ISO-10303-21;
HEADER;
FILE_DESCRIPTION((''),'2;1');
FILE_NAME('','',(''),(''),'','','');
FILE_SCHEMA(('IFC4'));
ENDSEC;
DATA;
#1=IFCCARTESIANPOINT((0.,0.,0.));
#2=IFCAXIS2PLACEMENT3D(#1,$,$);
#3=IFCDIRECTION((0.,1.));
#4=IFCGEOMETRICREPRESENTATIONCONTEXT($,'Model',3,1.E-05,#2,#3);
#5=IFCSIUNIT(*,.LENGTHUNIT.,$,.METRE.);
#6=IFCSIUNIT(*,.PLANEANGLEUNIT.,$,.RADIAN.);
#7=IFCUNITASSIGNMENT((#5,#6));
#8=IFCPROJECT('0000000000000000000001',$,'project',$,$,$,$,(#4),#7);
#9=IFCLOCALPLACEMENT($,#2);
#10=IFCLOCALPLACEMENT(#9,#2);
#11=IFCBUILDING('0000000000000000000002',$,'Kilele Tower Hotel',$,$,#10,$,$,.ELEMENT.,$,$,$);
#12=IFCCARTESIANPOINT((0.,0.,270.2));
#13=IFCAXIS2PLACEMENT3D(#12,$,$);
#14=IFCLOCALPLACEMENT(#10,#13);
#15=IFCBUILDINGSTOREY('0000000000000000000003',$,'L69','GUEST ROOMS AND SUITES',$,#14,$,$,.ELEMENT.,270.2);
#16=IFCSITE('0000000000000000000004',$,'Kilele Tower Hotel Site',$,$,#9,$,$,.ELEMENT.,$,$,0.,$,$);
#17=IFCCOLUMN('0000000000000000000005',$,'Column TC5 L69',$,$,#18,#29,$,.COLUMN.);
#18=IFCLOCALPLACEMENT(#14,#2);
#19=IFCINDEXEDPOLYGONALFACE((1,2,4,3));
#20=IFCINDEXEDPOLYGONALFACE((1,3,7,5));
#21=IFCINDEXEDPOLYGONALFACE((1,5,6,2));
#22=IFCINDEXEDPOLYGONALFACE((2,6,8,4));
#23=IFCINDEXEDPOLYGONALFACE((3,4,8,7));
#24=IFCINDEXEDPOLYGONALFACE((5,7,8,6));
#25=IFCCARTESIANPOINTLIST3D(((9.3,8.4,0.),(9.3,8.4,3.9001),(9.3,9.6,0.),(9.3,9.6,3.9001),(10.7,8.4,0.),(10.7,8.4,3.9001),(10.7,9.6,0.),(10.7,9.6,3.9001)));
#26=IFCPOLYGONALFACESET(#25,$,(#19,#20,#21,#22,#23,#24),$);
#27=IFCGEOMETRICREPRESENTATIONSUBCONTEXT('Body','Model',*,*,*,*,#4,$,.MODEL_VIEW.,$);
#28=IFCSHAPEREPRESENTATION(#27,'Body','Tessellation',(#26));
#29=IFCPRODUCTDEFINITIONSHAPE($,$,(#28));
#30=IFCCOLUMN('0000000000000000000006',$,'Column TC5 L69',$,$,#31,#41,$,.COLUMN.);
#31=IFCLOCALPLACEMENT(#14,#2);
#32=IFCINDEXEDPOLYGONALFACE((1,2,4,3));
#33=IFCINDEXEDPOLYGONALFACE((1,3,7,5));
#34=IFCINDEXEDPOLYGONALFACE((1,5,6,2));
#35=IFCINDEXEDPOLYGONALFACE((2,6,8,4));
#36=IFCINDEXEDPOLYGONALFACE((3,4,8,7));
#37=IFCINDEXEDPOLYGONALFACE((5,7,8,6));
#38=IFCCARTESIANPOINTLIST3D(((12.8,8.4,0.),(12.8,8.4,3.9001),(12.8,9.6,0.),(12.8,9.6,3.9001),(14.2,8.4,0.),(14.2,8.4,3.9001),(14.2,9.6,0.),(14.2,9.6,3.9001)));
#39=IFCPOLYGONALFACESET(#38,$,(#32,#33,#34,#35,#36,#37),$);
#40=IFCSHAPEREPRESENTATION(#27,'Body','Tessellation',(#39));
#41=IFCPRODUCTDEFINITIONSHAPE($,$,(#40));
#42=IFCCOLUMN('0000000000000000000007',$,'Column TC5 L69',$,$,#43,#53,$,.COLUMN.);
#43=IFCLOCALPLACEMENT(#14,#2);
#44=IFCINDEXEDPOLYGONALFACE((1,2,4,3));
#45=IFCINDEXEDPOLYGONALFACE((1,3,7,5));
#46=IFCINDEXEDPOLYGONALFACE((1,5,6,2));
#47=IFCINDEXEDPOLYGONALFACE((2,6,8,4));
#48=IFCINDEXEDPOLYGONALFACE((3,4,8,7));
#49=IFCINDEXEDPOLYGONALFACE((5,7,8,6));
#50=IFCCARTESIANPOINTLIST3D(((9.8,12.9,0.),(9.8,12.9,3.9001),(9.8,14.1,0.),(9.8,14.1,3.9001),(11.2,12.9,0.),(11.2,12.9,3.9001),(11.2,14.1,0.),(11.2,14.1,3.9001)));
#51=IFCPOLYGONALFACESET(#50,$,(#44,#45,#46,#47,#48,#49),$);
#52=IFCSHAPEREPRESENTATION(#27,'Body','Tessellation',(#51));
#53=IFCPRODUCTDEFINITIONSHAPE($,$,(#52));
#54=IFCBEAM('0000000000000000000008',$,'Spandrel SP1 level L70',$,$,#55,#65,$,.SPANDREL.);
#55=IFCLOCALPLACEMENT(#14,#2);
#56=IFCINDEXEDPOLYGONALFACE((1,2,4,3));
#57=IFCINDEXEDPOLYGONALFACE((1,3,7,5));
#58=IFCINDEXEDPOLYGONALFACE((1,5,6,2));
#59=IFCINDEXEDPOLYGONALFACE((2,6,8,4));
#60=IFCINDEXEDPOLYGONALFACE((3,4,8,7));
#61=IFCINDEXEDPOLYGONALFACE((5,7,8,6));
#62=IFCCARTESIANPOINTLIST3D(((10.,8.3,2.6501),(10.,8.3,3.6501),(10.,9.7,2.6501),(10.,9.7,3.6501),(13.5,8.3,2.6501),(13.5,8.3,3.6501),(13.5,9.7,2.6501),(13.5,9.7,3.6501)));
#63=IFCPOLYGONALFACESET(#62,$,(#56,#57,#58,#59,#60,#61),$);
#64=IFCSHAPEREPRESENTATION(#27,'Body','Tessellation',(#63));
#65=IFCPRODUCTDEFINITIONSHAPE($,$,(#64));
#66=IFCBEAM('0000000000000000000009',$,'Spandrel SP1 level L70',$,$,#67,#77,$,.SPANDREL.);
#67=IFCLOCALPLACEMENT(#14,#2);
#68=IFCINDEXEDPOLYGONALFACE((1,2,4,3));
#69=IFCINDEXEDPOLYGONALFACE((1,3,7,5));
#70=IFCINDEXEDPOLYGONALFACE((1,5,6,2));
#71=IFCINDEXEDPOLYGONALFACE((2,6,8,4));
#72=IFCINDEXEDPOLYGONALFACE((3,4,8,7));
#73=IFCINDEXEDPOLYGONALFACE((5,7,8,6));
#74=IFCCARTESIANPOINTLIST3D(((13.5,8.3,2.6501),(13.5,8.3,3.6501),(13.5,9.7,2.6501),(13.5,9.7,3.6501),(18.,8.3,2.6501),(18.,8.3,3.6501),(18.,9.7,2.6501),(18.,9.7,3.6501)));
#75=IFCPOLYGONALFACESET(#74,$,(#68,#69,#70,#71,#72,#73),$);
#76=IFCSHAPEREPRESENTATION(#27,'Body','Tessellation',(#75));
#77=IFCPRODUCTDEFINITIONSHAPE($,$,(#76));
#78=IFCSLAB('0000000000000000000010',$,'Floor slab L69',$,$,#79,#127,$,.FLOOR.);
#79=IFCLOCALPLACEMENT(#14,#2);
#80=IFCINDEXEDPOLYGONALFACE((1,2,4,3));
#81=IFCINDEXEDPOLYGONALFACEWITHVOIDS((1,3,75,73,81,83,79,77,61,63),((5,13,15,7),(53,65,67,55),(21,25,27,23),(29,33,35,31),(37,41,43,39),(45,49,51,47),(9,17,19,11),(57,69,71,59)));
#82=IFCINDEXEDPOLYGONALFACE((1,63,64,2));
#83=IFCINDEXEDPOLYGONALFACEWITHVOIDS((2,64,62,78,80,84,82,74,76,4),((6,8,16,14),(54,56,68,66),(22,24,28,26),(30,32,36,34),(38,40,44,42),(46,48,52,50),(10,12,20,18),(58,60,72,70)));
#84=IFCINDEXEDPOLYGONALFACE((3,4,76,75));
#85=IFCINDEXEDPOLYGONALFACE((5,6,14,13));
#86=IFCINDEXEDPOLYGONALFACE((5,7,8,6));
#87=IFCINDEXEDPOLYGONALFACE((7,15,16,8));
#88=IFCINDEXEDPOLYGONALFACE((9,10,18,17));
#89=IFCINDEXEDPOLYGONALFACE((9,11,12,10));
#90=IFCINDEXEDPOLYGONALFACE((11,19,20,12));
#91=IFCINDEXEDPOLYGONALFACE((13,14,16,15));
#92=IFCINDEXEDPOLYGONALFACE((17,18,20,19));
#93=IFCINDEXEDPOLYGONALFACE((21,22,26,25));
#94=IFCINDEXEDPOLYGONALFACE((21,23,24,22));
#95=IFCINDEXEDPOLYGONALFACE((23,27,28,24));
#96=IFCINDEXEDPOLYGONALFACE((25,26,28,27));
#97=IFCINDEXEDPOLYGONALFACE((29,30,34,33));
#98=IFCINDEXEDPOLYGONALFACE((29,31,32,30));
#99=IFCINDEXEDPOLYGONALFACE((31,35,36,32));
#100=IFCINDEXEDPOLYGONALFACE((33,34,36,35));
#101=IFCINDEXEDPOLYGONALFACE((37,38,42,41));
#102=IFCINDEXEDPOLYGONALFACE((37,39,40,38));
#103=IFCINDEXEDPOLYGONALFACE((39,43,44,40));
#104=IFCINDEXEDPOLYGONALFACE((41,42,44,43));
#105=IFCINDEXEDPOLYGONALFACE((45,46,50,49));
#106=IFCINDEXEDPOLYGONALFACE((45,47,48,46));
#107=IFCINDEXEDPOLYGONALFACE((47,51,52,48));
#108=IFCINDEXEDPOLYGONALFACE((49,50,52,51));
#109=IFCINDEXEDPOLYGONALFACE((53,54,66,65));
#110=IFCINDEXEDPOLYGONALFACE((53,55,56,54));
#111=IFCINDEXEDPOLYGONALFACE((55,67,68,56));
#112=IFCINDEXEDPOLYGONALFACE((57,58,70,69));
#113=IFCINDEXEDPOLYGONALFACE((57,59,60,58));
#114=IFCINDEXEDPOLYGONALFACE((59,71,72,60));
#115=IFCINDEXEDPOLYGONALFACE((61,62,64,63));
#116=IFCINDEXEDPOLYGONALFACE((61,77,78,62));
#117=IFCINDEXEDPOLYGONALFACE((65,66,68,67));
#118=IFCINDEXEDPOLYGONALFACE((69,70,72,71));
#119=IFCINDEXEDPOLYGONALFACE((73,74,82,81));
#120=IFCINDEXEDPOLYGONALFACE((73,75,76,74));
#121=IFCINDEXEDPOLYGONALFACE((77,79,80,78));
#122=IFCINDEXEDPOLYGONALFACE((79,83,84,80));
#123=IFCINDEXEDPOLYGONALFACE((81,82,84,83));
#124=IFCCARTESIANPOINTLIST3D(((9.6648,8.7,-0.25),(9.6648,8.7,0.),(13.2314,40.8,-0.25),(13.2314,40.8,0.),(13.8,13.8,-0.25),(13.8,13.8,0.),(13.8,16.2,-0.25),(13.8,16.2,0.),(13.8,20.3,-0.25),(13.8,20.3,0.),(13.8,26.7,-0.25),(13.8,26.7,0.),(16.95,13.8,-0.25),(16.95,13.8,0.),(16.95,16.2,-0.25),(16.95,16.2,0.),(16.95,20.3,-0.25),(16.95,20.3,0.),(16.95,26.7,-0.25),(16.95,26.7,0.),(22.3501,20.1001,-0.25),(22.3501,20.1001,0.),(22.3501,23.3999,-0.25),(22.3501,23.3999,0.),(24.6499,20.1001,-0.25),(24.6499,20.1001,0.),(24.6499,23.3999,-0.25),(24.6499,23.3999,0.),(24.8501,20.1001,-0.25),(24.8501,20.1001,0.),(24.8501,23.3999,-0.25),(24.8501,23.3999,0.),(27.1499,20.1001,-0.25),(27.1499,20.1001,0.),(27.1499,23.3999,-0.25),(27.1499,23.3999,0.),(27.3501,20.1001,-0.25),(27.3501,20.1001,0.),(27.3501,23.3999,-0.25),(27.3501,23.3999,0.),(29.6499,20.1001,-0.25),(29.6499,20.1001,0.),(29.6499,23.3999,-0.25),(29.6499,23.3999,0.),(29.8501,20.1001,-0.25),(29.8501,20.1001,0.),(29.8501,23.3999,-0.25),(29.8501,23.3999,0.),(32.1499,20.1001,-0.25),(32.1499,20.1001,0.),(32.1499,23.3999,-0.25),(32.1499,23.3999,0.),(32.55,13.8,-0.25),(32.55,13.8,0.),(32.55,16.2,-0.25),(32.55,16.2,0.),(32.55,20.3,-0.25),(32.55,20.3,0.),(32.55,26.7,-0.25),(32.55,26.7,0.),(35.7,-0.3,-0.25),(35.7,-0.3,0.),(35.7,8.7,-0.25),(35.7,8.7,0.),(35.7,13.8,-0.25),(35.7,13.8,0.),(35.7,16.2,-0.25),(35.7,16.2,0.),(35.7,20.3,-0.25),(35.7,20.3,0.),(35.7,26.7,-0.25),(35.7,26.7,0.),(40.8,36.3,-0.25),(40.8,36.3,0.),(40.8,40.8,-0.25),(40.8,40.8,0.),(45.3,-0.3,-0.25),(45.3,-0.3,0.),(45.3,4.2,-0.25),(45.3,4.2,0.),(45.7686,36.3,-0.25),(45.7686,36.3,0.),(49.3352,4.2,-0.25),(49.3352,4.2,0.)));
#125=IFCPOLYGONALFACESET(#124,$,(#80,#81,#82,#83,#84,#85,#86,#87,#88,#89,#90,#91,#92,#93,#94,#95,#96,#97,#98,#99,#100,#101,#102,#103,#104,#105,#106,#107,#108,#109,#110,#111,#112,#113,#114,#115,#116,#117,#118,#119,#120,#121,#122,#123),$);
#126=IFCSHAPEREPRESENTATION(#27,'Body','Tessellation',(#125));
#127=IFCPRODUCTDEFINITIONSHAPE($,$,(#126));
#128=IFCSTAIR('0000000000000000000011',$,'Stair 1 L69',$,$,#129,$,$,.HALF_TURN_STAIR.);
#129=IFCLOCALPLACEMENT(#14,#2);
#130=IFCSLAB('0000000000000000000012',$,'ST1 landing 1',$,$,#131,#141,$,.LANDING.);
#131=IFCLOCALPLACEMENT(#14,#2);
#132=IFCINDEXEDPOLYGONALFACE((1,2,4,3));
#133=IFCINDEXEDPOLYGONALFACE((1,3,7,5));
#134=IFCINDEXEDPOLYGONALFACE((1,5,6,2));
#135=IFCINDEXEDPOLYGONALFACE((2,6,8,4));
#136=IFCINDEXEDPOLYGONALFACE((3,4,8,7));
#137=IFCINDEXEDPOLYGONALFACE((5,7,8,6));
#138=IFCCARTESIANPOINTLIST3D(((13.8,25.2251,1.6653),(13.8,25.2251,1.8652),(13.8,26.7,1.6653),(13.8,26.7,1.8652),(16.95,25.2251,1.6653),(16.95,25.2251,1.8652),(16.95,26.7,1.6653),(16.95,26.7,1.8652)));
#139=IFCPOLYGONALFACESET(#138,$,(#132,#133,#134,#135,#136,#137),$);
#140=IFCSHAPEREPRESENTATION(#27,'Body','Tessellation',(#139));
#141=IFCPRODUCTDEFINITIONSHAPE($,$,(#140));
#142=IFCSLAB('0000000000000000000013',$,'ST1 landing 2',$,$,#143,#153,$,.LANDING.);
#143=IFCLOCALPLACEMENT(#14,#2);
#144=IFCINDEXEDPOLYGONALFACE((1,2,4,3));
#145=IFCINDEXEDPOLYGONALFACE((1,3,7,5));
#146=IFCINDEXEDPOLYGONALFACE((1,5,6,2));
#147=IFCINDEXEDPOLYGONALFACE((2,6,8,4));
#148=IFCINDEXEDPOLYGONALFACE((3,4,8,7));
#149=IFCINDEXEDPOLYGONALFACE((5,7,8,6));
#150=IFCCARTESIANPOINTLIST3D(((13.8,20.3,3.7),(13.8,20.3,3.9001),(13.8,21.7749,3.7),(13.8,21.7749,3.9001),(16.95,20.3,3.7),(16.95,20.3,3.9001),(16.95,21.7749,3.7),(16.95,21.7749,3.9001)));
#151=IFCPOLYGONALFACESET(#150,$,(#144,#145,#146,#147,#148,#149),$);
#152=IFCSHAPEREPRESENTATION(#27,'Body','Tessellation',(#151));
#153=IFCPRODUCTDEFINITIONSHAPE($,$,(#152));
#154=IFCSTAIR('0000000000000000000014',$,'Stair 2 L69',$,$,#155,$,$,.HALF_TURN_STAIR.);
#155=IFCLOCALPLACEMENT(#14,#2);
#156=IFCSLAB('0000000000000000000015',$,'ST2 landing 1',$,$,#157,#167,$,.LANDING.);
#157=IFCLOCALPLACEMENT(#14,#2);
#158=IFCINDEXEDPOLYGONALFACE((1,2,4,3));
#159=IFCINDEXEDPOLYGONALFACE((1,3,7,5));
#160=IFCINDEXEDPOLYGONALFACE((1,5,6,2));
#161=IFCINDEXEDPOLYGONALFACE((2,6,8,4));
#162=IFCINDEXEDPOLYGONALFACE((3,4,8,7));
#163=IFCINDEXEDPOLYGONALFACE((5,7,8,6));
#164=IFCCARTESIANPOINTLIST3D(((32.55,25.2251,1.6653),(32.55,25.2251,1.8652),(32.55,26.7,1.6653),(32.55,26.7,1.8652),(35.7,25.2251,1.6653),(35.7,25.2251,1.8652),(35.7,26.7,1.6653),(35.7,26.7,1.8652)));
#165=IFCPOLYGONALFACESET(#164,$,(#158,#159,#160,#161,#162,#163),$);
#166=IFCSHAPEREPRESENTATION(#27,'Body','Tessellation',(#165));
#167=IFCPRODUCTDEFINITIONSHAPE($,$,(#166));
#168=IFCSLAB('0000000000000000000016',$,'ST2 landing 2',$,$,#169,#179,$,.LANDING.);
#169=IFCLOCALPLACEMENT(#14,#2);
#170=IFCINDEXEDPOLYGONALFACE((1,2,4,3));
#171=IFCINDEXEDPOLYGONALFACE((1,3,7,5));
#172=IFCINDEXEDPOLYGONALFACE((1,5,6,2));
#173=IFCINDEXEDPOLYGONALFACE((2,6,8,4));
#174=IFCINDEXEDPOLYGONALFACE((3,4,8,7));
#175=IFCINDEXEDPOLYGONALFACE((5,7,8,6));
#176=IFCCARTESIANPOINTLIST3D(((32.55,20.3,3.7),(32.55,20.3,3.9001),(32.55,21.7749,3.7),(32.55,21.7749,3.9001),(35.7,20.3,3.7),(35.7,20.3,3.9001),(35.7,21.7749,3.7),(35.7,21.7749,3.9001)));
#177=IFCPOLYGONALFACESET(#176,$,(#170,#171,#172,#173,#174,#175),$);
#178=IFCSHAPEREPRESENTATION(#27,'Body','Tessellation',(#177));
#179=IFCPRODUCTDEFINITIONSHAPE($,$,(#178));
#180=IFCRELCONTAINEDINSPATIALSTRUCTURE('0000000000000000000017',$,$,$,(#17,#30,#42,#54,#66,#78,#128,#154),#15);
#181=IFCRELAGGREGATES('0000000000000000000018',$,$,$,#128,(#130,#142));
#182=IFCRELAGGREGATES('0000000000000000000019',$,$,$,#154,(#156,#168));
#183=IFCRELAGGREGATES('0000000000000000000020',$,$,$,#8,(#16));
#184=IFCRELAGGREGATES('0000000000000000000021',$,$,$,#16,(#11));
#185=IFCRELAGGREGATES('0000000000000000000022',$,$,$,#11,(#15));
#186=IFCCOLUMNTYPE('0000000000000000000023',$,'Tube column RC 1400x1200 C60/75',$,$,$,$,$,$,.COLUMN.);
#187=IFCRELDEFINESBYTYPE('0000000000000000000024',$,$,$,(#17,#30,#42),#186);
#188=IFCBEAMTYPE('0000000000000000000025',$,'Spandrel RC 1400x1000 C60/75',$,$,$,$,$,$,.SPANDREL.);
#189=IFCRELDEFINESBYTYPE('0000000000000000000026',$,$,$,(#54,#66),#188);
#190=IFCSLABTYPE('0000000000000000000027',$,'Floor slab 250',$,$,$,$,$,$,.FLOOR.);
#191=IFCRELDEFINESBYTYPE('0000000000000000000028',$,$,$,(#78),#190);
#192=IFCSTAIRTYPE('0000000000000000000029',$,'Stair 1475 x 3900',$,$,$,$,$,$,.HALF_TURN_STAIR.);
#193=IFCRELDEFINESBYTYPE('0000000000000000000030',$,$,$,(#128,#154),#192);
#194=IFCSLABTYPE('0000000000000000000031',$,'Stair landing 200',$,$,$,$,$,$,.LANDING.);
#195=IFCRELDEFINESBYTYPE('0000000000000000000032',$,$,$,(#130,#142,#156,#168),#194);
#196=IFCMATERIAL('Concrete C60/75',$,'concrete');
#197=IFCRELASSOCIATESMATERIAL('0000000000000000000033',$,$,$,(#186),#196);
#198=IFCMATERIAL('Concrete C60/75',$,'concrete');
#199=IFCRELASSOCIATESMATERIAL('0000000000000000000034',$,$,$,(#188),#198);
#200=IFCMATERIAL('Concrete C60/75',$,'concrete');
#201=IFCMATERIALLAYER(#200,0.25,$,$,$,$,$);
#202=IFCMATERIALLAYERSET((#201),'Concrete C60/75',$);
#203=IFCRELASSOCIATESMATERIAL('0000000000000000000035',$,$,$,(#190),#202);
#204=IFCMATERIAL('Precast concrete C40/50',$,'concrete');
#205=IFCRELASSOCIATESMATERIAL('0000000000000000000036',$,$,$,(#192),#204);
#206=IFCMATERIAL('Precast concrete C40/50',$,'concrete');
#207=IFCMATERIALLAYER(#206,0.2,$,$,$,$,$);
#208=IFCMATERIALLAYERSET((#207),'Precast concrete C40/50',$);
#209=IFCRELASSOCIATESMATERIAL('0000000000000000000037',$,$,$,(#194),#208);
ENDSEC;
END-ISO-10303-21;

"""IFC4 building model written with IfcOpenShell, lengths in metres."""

from ifc_helpers import new_model, si_unit, direction, frame, origin, origin_2d, place, context, subcontext, project, spatial, polyline, rectangle, outline, extrude, material, layer, layer_set, material_profile, profile_set, type_object, element, aggregate, save


model = new_model("IFC4")

# Units and contexts
model_context = context("Model", 3, precision=1e-05, world=origin(), true_north=direction((0.0, 1.0)))
body_context = subcontext(model_context, "Body", "Model", "MODEL_VIEW")
ifc_project = project(units=[si_unit("LENGTHUNIT", "METRE"), si_unit("PLANEANGLEUNIT", "RADIAN")], contexts=[model_context])

# Site, building, storey
site_placement = place(None, origin())
site = spatial("IfcSite", under=ifc_project, at=site_placement, Name="Kilele Tower Hotel Site", CompositionType="ELEMENT", RefElevation=0.0)
building_placement = place(site_placement, origin())
building = spatial("IfcBuilding", under=site, at=building_placement, Name="Kilele Tower Hotel", CompositionType="ELEMENT")
storey_placement = place(building_placement, frame((0.0, 0.0, 270.2)))
storey = spatial("IfcBuildingStorey", under=building, at=storey_placement, Name="L69", Description="GUEST ROOMS AND SUITES", CompositionType="ELEMENT", Elevation=270.2)

# Columns
ifc_material_1 = material(Name="Concrete C60/75", Category="concrete")
ifc_material_profile_1 = material_profile(ifc_material_1, rectangle(XDim=1.3999, YDim=1.2, at=origin_2d()))
ifc_profile_set_1 = profile_set([ifc_material_profile_1], Name="Concrete C60/75")
column_type = type_object("IfcColumnType", Name="Tube column RC 1400x1200 C60/75", PredefinedType="COLUMN", material=ifc_profile_set_1)
for number, where, z_axis, x_axis, name in (
    (1, (10.0, 9.0, 0.0), (0.0, 0.0, 1.0), (1.0, 0.0, 0.0), "Column TC5 L69"),
    (2, (13.5, 9.0, 0.0), (0.0, 0.0, 1.0), (1.0, 0.0, 0.0), "Column TC5 L69"),
    (3, (10.5, 13.5, 0.0), (0.0, 0.0, 1.0), (1.0, 0.0, 0.0), "Column TC5 L69"),
):
    element("IfcColumn", number, at=place(storey_placement, frame(where, z_axis=z_axis, x_axis=x_axis)), inside=storey, type_object=column_type, Name=name, PredefinedType="COLUMN", context=body_context, shape_type="SweptSolid", body=[
        extrude(rectangle(XDim=1.3999, YDim=1.2, at=origin_2d()), origin(), (0.0, 0.0, 1.0), 3.9001),
    ])

# Beams
ifc_material_2 = material(Name="Concrete C60/75", Category="concrete")
ifc_material_profile_2 = material_profile(ifc_material_2, rectangle(XDim=1.3999, YDim=1.0, at=origin_2d()))
ifc_profile_set_2 = profile_set([ifc_material_profile_2], Name="Concrete C60/75")
beam_type = type_object("IfcBeamType", Name="Spandrel RC 1400x1000 C60/75", PredefinedType="SPANDREL", material=ifc_profile_set_2)
beam_1_placement = place(storey_placement, frame((10.0, 9.0, 3.1501), z_axis=(1.0, 0.0, 0.0), x_axis=(0.0, 1.0, 0.0)))
element("IfcBeam", 4, at=beam_1_placement, inside=storey, type_object=beam_type, Name="Spandrel SP1 level L70", PredefinedType="SPANDREL", context=body_context, shape_type="SweptSolid", body=[
    extrude(rectangle(XDim=1.3999, YDim=1.0, at=origin_2d()), origin(), (0.0, 0.0, 1.0), 3.5),
])
beam_2_placement = place(storey_placement, frame((13.5, 9.0, 3.1501), z_axis=(1.0, 0.0, 0.0), x_axis=(0.0, 1.0, 0.0)))
element("IfcBeam", 5, at=beam_2_placement, inside=storey, type_object=beam_type, Name="Spandrel SP1 level L70", PredefinedType="SPANDREL", context=body_context, shape_type="SweptSolid", body=[
    extrude(rectangle(XDim=1.3999, YDim=1.0, at=origin_2d()), origin(), (0.0, 0.0, 1.0), 4.5),
])

# Slab
ifc_material_3 = material(Name="Concrete C60/75", Category="concrete")
ifc_layer_1 = layer(ifc_material_3, 0.25)
ifc_layer_set_1 = layer_set([ifc_layer_1], Name="Concrete C60/75")
slab_type_1 = type_object("IfcSlabType", Name="Floor slab 250", PredefinedType="FLOOR", material=ifc_layer_set_1)
slab_1_placement = place(storey_placement, frame((0.0, 0.0, -0.25)))
element("IfcSlab", 6, at=slab_1_placement, inside=storey, type_object=slab_type_1, Name="Floor slab L69", PredefinedType="FLOOR", context=body_context, shape_type="SweptSolid", body=[
    extrude(outline(polyline([(40.8, 40.8), (40.8, 36.3), (45.7686, 36.3), (49.3352, 4.2), (45.3, 4.2), (45.3, -0.3), (35.7, -0.3), (35.7, 8.7), (9.6648, 8.7), (13.2314, 40.8), (40.8, 40.8)]), holes=[polyline([(16.95, 16.2), (13.8, 16.2), (13.8, 13.8), (16.95, 13.8), (16.95, 16.2)]), polyline([(35.7, 16.2), (32.55, 16.2), (32.55, 13.8), (35.7, 13.8), (35.7, 16.2)]), polyline([(24.6499, 23.3999), (22.3501, 23.3999), (22.3501, 20.1001), (24.6499, 20.1001), (24.6499, 23.3999)]), polyline([(27.1499, 23.3999), (24.8501, 23.3999), (24.8501, 20.1001), (27.1499, 20.1001), (27.1499, 23.3999)]), polyline([(29.6499, 23.3999), (27.3501, 23.3999), (27.3501, 20.1001), (29.6499, 20.1001), (29.6499, 23.3999)]), polyline([(32.1499, 23.3999), (29.8501, 23.3999), (29.8501, 20.1001), (32.1499, 20.1001), (32.1499, 23.3999)]), polyline([(16.95, 26.7), (13.8, 26.7), (13.8, 20.3), (16.95, 20.3), (16.95, 26.7)]), polyline([(35.7, 26.7), (32.55, 26.7), (32.55, 20.3), (35.7, 20.3), (35.7, 26.7)])]), origin(), (0.0, 0.0, 1.0), 0.25),
])

# Stairs, slabs
ifc_material_4 = material(Name="Precast concrete C40/50", Category="concrete")
stair_type = type_object("IfcStairType", Name="Stair 1475 x 3900", PredefinedType="HALF_TURN_STAIR", material=ifc_material_4)
stair_1_placement = place(storey_placement, origin())
stair_1 = element("IfcStair", 7, at=stair_1_placement, inside=storey, type_object=stair_type, Name="Stair 1 L69", PredefinedType="HALF_TURN_STAIR")
ifc_material_5 = material(Name="Precast concrete C40/50", Category="concrete")
ifc_layer_2 = layer(ifc_material_5, 0.2)
ifc_layer_set_2 = layer_set([ifc_layer_2], Name="Precast concrete C40/50")
slab_type_2 = type_object("IfcSlabType", Name="Stair landing 200", PredefinedType="LANDING", material=ifc_layer_set_2)
slab_2_placement = place(storey_placement, frame((0.0, 0.0, 1.6653)))
slab_2 = element("IfcSlab", 8, at=slab_2_placement, type_object=slab_type_2, Name="ST1 landing 1", PredefinedType="LANDING", context=body_context, shape_type="SweptSolid", body=[
    extrude(outline(polyline([(13.8, 25.2251), (16.95, 25.2251), (16.95, 26.7), (13.8, 26.7), (13.8, 25.2251)])), origin(), (0.0, 0.0, 1.0), 0.2),
])
slab_3_placement = place(storey_placement, frame((0.0, 0.0, 3.7)))
slab_3 = element("IfcSlab", 9, at=slab_3_placement, type_object=slab_type_2, Name="ST1 landing 2", PredefinedType="LANDING", context=body_context, shape_type="SweptSolid", body=[
    extrude(outline(polyline([(13.8, 20.3), (16.95, 20.3), (16.95, 21.7749), (13.8, 21.7749), (13.8, 20.3)])), origin(), (0.0, 0.0, 1.0), 0.2002),
])
aggregate(stair_1, [slab_2, slab_3])
stair_2_placement = place(storey_placement, origin())
stair_2 = element("IfcStair", 10, at=stair_2_placement, inside=storey, type_object=stair_type, Name="Stair 2 L69", PredefinedType="HALF_TURN_STAIR")
slab_4_placement = place(storey_placement, frame((0.0, 0.0, 1.6653)))
slab_4 = element("IfcSlab", 11, at=slab_4_placement, type_object=slab_type_2, Name="ST2 landing 1", PredefinedType="LANDING", context=body_context, shape_type="SweptSolid", body=[
    extrude(outline(polyline([(32.55, 25.2251), (35.7, 25.2251), (35.7, 26.7), (32.55, 26.7), (32.55, 25.2251)])), origin(), (0.0, 0.0, 1.0), 0.2),
])
slab_5_placement = place(storey_placement, frame((0.0, 0.0, 3.7)))
slab_5 = element("IfcSlab", 12, at=slab_5_placement, type_object=slab_type_2, Name="ST2 landing 2", PredefinedType="LANDING", context=body_context, shape_type="SweptSolid", body=[
    extrude(outline(polyline([(32.55, 20.3), (35.7, 20.3), (35.7, 21.7749), (32.55, 21.7749), (32.55, 20.3)])), origin(), (0.0, 0.0, 1.0), 0.2002),
])
aggregate(stair_2, [slab_4, slab_5])

save(model, "model.ifc")
